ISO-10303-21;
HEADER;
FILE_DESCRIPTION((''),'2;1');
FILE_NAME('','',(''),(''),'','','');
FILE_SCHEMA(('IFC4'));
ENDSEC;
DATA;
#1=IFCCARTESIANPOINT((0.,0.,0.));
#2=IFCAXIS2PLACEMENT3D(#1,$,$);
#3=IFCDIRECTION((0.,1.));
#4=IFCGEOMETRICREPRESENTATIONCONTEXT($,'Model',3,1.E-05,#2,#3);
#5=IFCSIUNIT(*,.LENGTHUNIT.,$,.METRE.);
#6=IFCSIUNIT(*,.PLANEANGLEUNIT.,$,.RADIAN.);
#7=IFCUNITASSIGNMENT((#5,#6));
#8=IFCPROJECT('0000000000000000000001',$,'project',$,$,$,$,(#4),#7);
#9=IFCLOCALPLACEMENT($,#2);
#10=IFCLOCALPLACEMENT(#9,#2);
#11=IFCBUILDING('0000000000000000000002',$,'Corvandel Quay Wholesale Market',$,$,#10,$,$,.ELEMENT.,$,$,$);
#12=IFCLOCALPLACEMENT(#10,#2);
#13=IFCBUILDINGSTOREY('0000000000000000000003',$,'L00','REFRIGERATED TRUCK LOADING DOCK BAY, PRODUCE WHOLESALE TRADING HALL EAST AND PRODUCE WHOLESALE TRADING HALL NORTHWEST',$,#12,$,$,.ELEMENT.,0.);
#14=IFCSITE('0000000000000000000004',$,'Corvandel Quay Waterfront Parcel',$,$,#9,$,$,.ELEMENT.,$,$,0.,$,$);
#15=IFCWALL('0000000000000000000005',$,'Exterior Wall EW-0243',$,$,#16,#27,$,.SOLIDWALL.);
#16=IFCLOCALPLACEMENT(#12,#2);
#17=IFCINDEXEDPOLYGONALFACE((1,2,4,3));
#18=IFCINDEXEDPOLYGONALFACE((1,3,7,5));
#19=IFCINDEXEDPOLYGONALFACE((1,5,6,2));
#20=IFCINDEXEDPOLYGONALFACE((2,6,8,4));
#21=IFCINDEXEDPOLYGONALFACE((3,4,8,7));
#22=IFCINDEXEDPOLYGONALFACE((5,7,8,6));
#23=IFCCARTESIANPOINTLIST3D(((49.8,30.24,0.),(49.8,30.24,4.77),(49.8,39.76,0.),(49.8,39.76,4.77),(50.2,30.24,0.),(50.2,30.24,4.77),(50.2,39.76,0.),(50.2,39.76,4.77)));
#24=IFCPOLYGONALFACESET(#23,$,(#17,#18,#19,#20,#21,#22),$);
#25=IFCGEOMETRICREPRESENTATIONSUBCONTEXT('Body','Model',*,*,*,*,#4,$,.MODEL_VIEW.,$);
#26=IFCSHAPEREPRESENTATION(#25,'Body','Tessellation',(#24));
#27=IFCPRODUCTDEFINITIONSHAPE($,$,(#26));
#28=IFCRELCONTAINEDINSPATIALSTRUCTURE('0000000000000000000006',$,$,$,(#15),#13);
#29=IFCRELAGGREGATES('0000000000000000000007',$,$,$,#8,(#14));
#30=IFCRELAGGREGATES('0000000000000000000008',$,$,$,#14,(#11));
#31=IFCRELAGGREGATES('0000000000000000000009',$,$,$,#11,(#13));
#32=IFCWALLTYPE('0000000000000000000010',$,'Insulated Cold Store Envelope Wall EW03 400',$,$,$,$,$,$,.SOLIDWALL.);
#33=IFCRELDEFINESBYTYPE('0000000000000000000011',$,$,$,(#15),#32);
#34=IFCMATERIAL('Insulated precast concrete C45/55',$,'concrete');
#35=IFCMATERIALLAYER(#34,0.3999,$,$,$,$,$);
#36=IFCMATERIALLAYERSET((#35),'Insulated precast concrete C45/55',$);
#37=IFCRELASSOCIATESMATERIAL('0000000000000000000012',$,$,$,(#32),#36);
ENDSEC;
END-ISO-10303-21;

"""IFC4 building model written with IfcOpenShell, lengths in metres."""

from ifc_helpers import new_model, si_unit, direction, frame, frame_2d, origin, place, context, subcontext, project, spatial, rectangle, extrude, material, layer, layer_set, type_object, element, save


model = new_model("IFC4")

# Units and contexts
model_context = context("Model", 3, precision=1e-05, world=origin(), true_north=direction((0.0, 1.0)))
body_context = subcontext(model_context, "Body", "Model", "MODEL_VIEW")
ifc_project = project(units=[si_unit("LENGTHUNIT", "METRE"), si_unit("PLANEANGLEUNIT", "RADIAN")], contexts=[model_context])

# Site, building, storey
site_placement = place(None, origin())
site = spatial("IfcSite", under=ifc_project, at=site_placement, Name="Corvandel Quay Waterfront Parcel", CompositionType="ELEMENT", RefElevation=0.0)
building_placement = place(site_placement, origin())
building = spatial("IfcBuilding", under=site, at=building_placement, Name="Corvandel Quay Wholesale Market", CompositionType="ELEMENT")
storey_placement = place(building_placement, origin())
storey = spatial("IfcBuildingStorey", under=building, at=storey_placement, Name="L00", Description="REFRIGERATED TRUCK LOADING DOCK BAY, PRODUCE WHOLESALE TRADING HALL EAST AND PRODUCE WHOLESALE TRADING HALL NORTHWEST", CompositionType="ELEMENT", Elevation=0.0)

# Wall
ifc_material_1 = material(Name="Insulated precast concrete C45/55", Category="concrete")
ifc_layer_1 = layer(ifc_material_1, 0.3999)
ifc_layer_set_1 = layer_set([ifc_layer_1], Name="Insulated precast concrete C45/55")
wall_type_1 = type_object("IfcWallType", Name="Insulated Cold Store Envelope Wall EW03 400", PredefinedType="SOLIDWALL", material=ifc_layer_set_1)
for number, where, z_axis, x_axis, name in (
    (1, (50.0, 39.76, 0.0), (0.0, 0.0, 1.0), (0.0, -1.0, 0.0), "Exterior Wall EW-0243"),
):
    element("IfcWall", number, at=place(storey_placement, frame(where, z_axis=z_axis, x_axis=x_axis)), inside=storey, type_object=wall_type_1, Name=name, PredefinedType="SOLIDWALL", context=body_context, shape_type="SweptSolid", body=[
        extrude(rectangle(XDim=9.52, YDim=0.3999, at=frame_2d((4.76, 0.0))), origin(), (0.0, 0.0, 1.0), 4.77),
    ])

save(model, "model.ifc")
